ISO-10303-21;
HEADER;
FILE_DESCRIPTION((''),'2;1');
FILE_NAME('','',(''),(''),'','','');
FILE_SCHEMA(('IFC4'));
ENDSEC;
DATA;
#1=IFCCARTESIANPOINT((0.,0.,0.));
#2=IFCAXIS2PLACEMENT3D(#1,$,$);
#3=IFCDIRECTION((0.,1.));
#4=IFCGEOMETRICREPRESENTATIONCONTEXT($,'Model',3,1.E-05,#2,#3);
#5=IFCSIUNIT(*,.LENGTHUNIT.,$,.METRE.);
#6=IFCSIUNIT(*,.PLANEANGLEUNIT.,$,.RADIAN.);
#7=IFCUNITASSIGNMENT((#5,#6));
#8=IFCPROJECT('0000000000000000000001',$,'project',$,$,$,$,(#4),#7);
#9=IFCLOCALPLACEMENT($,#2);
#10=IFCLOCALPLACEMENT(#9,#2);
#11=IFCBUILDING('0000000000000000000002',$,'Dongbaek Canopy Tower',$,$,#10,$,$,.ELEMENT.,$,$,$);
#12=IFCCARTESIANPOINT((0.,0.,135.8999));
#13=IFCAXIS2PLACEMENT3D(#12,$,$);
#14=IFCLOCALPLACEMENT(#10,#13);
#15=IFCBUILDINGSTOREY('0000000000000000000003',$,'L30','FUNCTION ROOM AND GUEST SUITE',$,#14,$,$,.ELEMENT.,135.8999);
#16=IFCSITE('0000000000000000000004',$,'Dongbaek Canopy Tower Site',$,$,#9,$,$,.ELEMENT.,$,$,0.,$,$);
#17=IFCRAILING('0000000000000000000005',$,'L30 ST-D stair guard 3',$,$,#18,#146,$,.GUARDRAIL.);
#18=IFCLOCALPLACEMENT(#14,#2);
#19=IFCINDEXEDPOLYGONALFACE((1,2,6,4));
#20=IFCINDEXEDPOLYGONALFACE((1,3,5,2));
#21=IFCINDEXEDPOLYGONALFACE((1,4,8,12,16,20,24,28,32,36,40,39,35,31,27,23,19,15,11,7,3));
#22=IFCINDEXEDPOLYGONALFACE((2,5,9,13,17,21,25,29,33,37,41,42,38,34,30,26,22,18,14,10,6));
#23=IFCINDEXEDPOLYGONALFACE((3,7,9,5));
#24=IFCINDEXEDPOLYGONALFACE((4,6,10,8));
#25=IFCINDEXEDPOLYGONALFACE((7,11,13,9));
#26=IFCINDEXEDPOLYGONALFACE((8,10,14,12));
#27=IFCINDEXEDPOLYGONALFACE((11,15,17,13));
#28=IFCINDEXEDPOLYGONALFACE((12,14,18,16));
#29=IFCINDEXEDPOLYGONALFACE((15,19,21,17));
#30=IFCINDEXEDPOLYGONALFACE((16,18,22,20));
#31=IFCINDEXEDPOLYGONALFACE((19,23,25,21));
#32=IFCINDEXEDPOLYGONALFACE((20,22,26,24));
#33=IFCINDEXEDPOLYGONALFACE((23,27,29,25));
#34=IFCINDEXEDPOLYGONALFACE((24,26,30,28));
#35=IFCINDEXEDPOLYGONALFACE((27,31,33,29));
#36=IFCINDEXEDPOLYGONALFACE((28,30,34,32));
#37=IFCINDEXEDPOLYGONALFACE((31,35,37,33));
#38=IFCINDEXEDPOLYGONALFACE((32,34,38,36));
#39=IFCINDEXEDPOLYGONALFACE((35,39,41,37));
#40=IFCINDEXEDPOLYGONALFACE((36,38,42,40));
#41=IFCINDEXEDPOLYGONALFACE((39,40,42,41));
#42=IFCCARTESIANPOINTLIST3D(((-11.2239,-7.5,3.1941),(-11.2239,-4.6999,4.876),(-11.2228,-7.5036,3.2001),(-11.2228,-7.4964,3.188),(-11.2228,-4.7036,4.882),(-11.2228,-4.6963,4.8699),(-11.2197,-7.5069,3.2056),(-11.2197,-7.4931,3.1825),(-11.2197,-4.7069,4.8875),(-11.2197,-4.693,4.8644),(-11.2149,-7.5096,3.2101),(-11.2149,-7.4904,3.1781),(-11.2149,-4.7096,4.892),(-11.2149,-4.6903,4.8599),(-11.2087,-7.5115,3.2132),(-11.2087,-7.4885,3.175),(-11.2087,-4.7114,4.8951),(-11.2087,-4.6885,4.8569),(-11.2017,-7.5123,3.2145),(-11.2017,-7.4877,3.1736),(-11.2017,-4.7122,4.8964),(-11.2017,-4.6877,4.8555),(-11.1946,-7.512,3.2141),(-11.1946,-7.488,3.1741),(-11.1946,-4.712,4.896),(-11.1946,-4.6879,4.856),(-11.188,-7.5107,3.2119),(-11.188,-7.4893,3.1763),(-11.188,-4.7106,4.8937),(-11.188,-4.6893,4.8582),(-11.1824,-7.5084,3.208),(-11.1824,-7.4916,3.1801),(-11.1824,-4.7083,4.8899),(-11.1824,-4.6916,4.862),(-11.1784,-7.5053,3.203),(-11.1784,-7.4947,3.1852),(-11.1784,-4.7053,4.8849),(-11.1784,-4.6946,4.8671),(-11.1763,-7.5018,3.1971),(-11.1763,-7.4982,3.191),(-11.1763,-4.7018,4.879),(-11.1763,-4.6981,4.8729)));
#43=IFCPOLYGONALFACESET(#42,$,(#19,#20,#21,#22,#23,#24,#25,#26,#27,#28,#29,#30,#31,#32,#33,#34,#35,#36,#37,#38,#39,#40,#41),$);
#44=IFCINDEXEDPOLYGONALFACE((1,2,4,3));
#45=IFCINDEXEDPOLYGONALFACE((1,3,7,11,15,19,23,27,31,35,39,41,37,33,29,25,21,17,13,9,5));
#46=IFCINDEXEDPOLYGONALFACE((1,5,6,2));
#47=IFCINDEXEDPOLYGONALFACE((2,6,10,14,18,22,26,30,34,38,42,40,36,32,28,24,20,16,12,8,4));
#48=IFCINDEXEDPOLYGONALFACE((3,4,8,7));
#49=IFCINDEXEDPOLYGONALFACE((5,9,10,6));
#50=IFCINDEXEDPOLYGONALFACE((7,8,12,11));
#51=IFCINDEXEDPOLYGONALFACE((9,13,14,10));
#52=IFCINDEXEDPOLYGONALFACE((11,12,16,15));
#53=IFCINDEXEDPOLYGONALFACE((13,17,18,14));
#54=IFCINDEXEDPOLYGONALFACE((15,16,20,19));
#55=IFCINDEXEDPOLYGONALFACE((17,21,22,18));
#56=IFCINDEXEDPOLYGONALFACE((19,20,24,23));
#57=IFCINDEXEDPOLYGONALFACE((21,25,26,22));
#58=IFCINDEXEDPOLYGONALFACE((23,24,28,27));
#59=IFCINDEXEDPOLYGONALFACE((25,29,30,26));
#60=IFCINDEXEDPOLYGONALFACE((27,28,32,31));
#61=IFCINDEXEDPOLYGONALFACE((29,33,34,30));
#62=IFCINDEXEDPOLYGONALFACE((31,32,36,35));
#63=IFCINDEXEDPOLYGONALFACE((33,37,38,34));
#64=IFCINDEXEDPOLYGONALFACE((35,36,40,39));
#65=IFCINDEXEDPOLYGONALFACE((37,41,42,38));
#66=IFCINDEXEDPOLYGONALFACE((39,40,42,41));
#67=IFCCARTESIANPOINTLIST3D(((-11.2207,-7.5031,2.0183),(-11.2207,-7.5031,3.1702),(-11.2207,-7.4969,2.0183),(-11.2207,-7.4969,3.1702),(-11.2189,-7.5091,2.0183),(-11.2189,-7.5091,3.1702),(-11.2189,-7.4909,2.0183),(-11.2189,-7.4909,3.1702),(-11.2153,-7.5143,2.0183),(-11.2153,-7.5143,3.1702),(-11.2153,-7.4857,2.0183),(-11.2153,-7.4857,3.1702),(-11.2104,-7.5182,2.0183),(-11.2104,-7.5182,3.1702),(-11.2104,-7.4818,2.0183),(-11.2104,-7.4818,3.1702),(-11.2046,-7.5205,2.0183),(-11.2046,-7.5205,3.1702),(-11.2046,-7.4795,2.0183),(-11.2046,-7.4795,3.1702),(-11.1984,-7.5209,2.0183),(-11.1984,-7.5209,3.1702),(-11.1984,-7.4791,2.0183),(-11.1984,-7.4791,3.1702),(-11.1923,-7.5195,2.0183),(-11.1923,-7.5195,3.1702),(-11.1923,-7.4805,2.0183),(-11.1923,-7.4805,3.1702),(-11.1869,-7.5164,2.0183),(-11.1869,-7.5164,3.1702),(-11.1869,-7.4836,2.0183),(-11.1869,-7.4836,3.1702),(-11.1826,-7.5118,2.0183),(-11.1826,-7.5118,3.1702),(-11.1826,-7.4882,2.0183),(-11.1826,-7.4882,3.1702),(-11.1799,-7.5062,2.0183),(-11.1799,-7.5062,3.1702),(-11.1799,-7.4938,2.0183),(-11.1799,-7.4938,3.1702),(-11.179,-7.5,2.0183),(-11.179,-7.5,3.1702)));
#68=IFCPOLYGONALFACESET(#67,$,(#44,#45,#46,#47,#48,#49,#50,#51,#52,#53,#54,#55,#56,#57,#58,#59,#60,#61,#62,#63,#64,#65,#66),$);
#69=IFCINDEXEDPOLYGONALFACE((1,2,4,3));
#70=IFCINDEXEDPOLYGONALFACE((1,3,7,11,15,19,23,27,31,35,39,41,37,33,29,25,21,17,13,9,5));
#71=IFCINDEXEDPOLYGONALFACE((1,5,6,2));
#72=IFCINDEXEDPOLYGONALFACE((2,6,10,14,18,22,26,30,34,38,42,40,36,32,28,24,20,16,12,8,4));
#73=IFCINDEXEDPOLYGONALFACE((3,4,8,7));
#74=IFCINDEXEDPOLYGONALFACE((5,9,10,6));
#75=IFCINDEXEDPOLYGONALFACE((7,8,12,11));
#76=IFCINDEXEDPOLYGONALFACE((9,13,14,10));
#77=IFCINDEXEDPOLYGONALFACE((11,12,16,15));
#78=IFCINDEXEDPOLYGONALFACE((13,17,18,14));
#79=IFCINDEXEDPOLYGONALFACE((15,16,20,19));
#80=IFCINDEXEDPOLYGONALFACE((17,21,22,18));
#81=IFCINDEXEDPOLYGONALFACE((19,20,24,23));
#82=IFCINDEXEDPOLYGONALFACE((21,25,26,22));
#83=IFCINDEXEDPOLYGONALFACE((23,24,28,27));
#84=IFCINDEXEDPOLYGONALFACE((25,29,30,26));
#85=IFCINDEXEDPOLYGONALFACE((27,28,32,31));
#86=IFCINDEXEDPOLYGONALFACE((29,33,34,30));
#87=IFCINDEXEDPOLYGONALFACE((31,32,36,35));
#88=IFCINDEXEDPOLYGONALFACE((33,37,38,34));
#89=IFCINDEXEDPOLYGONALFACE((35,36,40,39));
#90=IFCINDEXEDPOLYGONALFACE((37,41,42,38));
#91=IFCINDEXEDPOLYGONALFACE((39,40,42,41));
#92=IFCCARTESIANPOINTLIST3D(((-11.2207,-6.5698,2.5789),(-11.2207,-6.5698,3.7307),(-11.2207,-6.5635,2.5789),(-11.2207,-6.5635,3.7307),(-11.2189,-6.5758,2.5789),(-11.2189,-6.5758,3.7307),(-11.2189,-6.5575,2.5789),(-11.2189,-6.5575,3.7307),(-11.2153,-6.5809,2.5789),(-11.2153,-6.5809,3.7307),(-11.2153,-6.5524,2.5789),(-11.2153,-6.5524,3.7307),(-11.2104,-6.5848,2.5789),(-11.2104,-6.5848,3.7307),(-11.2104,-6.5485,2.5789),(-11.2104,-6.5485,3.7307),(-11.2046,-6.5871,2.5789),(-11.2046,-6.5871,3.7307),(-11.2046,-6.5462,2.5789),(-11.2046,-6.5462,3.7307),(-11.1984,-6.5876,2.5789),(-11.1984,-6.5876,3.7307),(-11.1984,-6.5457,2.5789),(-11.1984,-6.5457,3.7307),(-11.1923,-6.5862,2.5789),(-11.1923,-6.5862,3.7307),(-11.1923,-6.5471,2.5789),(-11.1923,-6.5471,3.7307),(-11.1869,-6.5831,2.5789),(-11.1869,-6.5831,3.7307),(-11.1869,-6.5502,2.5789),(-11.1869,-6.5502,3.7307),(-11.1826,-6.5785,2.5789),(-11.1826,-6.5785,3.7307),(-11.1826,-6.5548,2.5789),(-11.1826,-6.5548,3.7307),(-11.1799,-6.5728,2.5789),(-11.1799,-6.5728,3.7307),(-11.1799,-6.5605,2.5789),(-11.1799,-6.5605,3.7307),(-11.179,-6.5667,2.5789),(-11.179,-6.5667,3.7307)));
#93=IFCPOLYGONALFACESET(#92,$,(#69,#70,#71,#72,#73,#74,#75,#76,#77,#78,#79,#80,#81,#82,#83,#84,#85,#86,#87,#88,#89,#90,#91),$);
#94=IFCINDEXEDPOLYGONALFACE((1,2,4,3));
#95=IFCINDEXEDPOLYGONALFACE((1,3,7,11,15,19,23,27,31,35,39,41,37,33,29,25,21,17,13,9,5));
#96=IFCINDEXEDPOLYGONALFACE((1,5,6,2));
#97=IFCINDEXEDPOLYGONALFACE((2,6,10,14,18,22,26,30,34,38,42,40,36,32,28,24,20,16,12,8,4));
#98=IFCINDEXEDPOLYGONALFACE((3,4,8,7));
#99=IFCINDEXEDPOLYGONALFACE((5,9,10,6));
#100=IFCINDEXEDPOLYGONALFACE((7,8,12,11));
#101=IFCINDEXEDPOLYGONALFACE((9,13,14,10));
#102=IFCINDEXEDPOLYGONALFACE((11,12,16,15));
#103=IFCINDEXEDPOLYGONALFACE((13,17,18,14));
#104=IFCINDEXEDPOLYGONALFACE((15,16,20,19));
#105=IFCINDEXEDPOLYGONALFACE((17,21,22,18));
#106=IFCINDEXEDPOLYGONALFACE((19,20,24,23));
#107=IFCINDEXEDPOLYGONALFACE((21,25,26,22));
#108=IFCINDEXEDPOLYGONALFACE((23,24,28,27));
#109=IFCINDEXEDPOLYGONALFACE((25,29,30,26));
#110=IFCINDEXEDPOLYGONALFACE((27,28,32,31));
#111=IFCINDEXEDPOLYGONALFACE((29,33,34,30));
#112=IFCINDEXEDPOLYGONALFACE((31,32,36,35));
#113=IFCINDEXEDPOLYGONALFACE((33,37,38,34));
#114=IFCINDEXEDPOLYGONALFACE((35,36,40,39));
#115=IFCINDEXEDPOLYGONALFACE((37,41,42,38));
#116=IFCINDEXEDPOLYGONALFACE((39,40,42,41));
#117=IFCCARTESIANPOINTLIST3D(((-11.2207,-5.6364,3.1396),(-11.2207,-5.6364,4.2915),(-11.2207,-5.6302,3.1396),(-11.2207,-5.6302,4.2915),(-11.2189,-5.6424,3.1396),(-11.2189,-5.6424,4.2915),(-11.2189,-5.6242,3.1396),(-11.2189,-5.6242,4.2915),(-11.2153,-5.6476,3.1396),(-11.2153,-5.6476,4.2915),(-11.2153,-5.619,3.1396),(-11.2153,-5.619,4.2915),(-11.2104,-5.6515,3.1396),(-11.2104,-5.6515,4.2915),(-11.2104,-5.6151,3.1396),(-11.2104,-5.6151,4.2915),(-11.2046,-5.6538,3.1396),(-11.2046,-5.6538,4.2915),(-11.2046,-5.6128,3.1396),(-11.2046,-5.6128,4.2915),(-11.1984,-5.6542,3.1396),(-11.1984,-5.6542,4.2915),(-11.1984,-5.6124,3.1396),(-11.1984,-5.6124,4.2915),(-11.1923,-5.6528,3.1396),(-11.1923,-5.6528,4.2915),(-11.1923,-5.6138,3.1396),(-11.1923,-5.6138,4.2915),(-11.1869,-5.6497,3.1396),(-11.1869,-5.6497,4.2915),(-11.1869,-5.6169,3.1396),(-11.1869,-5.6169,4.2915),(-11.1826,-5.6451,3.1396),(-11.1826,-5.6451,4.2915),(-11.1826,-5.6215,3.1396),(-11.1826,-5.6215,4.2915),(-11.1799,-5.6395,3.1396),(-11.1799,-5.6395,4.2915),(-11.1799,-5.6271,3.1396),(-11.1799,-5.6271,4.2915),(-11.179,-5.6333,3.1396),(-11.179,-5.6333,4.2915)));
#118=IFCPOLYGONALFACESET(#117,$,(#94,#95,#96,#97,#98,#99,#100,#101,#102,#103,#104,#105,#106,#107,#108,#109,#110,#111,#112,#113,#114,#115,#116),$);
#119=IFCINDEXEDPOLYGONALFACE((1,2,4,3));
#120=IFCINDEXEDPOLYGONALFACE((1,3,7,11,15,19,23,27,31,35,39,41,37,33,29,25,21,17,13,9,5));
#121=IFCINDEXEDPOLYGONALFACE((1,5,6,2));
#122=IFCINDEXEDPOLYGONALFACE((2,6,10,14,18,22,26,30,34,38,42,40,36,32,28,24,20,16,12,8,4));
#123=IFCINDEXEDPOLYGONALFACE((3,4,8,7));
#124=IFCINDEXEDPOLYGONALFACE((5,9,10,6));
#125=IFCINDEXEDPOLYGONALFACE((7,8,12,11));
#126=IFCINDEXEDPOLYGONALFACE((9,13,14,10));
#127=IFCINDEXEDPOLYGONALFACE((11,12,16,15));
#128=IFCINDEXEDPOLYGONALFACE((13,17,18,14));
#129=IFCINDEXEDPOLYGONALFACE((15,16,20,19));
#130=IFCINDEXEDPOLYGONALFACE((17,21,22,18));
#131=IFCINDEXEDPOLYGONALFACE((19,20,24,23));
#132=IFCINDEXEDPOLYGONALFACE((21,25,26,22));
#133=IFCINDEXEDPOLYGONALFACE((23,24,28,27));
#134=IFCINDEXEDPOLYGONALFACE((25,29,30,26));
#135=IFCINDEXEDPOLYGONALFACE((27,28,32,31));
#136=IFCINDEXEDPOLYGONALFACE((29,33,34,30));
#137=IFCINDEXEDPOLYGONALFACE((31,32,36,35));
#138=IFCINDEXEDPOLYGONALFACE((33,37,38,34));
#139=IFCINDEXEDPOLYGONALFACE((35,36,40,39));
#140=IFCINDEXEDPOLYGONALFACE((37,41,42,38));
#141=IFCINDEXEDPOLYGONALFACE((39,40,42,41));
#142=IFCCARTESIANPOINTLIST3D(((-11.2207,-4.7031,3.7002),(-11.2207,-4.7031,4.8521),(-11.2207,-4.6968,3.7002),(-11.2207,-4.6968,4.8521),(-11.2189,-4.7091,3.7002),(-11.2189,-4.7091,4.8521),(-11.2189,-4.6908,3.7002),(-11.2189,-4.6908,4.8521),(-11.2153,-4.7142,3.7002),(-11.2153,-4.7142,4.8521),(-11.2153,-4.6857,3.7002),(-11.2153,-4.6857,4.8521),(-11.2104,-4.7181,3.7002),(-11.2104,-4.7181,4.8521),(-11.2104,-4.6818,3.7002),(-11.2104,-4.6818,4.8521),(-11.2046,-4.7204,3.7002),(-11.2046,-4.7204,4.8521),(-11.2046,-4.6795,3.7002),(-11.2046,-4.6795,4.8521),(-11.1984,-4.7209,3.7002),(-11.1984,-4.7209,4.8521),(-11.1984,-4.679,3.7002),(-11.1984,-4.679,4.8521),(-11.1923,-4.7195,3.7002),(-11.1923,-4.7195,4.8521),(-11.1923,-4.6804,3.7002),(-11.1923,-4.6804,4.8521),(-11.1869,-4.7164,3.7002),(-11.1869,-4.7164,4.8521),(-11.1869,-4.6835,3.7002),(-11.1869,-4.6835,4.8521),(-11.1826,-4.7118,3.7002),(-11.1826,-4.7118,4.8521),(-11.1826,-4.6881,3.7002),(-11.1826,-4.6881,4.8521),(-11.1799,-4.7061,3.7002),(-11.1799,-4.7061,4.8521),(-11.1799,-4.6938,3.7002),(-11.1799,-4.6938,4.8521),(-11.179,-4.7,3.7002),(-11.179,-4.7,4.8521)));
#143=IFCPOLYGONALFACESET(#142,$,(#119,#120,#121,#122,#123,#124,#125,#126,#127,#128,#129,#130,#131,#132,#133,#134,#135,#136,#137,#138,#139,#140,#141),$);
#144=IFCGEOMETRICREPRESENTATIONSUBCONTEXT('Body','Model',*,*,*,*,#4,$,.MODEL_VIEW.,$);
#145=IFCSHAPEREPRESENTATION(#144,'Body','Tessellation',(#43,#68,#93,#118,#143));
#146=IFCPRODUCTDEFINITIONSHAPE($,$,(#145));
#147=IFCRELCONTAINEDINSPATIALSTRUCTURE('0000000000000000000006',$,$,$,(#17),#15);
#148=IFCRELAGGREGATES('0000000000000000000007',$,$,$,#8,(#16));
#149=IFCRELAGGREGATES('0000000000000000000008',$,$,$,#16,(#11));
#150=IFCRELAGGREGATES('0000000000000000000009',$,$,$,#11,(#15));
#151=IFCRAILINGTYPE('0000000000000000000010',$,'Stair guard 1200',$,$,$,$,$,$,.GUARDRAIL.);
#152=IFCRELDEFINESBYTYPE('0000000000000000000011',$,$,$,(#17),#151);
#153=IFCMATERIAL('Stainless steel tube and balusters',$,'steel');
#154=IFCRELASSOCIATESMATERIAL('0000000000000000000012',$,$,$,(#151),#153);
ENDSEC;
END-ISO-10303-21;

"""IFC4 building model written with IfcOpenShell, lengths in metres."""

from ifc_helpers import new_model, si_unit, direction, frame, origin, origin_2d, place, context, subcontext, project, spatial, circle, extrude, material, type_object, element, save


model = new_model("IFC4")

# Units and contexts
model_context = context("Model", 3, precision=1e-05, world=origin(), true_north=direction((0.0, 1.0)))
body_context = subcontext(model_context, "Body", "Model", "MODEL_VIEW")
ifc_project = project(units=[si_unit("LENGTHUNIT", "METRE"), si_unit("PLANEANGLEUNIT", "RADIAN")], contexts=[model_context])

# Site, building, storey
site_placement = place(None, origin())
site = spatial("IfcSite", under=ifc_project, at=site_placement, Name="Dongbaek Canopy Tower Site", CompositionType="ELEMENT", RefElevation=0.0)
building_placement = place(site_placement, origin())
building = spatial("IfcBuilding", under=site, at=building_placement, Name="Dongbaek Canopy Tower", CompositionType="ELEMENT")
storey_placement = place(building_placement, frame((0.0, 0.0, 135.8999)))
storey = spatial("IfcBuildingStorey", under=building, at=storey_placement, Name="L30", Description="FUNCTION ROOM AND GUEST SUITE", CompositionType="ELEMENT", Elevation=135.8999)

# Railing
ifc_material_1 = material(Name="Stainless steel tube and balusters", Category="steel")
railing_type_1 = type_object("IfcRailingType", Name="Stair guard 1200", PredefinedType="GUARDRAIL", material=ifc_material_1)
railing_1_placement = place(storey_placement, frame((-11.2, -7.5, 2.0183)))
element("IfcRailing", 1, at=railing_1_placement, inside=storey, type_object=railing_type_1, Name="L30 ST-D stair guard 3", PredefinedType="GUARDRAIL", context=body_context, shape_type="SweptSolid", body=[
    extrude(circle(Radius=0.0239, at=origin_2d()), frame((0.0, 0.0, 1.1758), z_axis=(0.0, 0.857242, 0.514913), x_axis=(-1.0, 0.0, 0.0)), (0.0, 0.0, 1.0), 3.2664),
    extrude(circle(Radius=0.021, at=origin_2d()), origin(), (0.0, 0.0, 1.0), 1.1519),
    extrude(circle(Radius=0.021, at=origin_2d()), frame((0.0, 0.9333, 0.5605)), (0.0, 0.0, 1.0), 1.1519),
    extrude(circle(Radius=0.021, at=origin_2d()), frame((0.0, 1.8667, 1.1213)), (0.0, 0.0, 1.0), 1.1519),
    extrude(circle(Radius=0.021, at=origin_2d()), frame((0.0, 2.8, 1.6819)), (0.0, 0.0, 1.0), 1.1519),
])

save(model, "model.ifc")
